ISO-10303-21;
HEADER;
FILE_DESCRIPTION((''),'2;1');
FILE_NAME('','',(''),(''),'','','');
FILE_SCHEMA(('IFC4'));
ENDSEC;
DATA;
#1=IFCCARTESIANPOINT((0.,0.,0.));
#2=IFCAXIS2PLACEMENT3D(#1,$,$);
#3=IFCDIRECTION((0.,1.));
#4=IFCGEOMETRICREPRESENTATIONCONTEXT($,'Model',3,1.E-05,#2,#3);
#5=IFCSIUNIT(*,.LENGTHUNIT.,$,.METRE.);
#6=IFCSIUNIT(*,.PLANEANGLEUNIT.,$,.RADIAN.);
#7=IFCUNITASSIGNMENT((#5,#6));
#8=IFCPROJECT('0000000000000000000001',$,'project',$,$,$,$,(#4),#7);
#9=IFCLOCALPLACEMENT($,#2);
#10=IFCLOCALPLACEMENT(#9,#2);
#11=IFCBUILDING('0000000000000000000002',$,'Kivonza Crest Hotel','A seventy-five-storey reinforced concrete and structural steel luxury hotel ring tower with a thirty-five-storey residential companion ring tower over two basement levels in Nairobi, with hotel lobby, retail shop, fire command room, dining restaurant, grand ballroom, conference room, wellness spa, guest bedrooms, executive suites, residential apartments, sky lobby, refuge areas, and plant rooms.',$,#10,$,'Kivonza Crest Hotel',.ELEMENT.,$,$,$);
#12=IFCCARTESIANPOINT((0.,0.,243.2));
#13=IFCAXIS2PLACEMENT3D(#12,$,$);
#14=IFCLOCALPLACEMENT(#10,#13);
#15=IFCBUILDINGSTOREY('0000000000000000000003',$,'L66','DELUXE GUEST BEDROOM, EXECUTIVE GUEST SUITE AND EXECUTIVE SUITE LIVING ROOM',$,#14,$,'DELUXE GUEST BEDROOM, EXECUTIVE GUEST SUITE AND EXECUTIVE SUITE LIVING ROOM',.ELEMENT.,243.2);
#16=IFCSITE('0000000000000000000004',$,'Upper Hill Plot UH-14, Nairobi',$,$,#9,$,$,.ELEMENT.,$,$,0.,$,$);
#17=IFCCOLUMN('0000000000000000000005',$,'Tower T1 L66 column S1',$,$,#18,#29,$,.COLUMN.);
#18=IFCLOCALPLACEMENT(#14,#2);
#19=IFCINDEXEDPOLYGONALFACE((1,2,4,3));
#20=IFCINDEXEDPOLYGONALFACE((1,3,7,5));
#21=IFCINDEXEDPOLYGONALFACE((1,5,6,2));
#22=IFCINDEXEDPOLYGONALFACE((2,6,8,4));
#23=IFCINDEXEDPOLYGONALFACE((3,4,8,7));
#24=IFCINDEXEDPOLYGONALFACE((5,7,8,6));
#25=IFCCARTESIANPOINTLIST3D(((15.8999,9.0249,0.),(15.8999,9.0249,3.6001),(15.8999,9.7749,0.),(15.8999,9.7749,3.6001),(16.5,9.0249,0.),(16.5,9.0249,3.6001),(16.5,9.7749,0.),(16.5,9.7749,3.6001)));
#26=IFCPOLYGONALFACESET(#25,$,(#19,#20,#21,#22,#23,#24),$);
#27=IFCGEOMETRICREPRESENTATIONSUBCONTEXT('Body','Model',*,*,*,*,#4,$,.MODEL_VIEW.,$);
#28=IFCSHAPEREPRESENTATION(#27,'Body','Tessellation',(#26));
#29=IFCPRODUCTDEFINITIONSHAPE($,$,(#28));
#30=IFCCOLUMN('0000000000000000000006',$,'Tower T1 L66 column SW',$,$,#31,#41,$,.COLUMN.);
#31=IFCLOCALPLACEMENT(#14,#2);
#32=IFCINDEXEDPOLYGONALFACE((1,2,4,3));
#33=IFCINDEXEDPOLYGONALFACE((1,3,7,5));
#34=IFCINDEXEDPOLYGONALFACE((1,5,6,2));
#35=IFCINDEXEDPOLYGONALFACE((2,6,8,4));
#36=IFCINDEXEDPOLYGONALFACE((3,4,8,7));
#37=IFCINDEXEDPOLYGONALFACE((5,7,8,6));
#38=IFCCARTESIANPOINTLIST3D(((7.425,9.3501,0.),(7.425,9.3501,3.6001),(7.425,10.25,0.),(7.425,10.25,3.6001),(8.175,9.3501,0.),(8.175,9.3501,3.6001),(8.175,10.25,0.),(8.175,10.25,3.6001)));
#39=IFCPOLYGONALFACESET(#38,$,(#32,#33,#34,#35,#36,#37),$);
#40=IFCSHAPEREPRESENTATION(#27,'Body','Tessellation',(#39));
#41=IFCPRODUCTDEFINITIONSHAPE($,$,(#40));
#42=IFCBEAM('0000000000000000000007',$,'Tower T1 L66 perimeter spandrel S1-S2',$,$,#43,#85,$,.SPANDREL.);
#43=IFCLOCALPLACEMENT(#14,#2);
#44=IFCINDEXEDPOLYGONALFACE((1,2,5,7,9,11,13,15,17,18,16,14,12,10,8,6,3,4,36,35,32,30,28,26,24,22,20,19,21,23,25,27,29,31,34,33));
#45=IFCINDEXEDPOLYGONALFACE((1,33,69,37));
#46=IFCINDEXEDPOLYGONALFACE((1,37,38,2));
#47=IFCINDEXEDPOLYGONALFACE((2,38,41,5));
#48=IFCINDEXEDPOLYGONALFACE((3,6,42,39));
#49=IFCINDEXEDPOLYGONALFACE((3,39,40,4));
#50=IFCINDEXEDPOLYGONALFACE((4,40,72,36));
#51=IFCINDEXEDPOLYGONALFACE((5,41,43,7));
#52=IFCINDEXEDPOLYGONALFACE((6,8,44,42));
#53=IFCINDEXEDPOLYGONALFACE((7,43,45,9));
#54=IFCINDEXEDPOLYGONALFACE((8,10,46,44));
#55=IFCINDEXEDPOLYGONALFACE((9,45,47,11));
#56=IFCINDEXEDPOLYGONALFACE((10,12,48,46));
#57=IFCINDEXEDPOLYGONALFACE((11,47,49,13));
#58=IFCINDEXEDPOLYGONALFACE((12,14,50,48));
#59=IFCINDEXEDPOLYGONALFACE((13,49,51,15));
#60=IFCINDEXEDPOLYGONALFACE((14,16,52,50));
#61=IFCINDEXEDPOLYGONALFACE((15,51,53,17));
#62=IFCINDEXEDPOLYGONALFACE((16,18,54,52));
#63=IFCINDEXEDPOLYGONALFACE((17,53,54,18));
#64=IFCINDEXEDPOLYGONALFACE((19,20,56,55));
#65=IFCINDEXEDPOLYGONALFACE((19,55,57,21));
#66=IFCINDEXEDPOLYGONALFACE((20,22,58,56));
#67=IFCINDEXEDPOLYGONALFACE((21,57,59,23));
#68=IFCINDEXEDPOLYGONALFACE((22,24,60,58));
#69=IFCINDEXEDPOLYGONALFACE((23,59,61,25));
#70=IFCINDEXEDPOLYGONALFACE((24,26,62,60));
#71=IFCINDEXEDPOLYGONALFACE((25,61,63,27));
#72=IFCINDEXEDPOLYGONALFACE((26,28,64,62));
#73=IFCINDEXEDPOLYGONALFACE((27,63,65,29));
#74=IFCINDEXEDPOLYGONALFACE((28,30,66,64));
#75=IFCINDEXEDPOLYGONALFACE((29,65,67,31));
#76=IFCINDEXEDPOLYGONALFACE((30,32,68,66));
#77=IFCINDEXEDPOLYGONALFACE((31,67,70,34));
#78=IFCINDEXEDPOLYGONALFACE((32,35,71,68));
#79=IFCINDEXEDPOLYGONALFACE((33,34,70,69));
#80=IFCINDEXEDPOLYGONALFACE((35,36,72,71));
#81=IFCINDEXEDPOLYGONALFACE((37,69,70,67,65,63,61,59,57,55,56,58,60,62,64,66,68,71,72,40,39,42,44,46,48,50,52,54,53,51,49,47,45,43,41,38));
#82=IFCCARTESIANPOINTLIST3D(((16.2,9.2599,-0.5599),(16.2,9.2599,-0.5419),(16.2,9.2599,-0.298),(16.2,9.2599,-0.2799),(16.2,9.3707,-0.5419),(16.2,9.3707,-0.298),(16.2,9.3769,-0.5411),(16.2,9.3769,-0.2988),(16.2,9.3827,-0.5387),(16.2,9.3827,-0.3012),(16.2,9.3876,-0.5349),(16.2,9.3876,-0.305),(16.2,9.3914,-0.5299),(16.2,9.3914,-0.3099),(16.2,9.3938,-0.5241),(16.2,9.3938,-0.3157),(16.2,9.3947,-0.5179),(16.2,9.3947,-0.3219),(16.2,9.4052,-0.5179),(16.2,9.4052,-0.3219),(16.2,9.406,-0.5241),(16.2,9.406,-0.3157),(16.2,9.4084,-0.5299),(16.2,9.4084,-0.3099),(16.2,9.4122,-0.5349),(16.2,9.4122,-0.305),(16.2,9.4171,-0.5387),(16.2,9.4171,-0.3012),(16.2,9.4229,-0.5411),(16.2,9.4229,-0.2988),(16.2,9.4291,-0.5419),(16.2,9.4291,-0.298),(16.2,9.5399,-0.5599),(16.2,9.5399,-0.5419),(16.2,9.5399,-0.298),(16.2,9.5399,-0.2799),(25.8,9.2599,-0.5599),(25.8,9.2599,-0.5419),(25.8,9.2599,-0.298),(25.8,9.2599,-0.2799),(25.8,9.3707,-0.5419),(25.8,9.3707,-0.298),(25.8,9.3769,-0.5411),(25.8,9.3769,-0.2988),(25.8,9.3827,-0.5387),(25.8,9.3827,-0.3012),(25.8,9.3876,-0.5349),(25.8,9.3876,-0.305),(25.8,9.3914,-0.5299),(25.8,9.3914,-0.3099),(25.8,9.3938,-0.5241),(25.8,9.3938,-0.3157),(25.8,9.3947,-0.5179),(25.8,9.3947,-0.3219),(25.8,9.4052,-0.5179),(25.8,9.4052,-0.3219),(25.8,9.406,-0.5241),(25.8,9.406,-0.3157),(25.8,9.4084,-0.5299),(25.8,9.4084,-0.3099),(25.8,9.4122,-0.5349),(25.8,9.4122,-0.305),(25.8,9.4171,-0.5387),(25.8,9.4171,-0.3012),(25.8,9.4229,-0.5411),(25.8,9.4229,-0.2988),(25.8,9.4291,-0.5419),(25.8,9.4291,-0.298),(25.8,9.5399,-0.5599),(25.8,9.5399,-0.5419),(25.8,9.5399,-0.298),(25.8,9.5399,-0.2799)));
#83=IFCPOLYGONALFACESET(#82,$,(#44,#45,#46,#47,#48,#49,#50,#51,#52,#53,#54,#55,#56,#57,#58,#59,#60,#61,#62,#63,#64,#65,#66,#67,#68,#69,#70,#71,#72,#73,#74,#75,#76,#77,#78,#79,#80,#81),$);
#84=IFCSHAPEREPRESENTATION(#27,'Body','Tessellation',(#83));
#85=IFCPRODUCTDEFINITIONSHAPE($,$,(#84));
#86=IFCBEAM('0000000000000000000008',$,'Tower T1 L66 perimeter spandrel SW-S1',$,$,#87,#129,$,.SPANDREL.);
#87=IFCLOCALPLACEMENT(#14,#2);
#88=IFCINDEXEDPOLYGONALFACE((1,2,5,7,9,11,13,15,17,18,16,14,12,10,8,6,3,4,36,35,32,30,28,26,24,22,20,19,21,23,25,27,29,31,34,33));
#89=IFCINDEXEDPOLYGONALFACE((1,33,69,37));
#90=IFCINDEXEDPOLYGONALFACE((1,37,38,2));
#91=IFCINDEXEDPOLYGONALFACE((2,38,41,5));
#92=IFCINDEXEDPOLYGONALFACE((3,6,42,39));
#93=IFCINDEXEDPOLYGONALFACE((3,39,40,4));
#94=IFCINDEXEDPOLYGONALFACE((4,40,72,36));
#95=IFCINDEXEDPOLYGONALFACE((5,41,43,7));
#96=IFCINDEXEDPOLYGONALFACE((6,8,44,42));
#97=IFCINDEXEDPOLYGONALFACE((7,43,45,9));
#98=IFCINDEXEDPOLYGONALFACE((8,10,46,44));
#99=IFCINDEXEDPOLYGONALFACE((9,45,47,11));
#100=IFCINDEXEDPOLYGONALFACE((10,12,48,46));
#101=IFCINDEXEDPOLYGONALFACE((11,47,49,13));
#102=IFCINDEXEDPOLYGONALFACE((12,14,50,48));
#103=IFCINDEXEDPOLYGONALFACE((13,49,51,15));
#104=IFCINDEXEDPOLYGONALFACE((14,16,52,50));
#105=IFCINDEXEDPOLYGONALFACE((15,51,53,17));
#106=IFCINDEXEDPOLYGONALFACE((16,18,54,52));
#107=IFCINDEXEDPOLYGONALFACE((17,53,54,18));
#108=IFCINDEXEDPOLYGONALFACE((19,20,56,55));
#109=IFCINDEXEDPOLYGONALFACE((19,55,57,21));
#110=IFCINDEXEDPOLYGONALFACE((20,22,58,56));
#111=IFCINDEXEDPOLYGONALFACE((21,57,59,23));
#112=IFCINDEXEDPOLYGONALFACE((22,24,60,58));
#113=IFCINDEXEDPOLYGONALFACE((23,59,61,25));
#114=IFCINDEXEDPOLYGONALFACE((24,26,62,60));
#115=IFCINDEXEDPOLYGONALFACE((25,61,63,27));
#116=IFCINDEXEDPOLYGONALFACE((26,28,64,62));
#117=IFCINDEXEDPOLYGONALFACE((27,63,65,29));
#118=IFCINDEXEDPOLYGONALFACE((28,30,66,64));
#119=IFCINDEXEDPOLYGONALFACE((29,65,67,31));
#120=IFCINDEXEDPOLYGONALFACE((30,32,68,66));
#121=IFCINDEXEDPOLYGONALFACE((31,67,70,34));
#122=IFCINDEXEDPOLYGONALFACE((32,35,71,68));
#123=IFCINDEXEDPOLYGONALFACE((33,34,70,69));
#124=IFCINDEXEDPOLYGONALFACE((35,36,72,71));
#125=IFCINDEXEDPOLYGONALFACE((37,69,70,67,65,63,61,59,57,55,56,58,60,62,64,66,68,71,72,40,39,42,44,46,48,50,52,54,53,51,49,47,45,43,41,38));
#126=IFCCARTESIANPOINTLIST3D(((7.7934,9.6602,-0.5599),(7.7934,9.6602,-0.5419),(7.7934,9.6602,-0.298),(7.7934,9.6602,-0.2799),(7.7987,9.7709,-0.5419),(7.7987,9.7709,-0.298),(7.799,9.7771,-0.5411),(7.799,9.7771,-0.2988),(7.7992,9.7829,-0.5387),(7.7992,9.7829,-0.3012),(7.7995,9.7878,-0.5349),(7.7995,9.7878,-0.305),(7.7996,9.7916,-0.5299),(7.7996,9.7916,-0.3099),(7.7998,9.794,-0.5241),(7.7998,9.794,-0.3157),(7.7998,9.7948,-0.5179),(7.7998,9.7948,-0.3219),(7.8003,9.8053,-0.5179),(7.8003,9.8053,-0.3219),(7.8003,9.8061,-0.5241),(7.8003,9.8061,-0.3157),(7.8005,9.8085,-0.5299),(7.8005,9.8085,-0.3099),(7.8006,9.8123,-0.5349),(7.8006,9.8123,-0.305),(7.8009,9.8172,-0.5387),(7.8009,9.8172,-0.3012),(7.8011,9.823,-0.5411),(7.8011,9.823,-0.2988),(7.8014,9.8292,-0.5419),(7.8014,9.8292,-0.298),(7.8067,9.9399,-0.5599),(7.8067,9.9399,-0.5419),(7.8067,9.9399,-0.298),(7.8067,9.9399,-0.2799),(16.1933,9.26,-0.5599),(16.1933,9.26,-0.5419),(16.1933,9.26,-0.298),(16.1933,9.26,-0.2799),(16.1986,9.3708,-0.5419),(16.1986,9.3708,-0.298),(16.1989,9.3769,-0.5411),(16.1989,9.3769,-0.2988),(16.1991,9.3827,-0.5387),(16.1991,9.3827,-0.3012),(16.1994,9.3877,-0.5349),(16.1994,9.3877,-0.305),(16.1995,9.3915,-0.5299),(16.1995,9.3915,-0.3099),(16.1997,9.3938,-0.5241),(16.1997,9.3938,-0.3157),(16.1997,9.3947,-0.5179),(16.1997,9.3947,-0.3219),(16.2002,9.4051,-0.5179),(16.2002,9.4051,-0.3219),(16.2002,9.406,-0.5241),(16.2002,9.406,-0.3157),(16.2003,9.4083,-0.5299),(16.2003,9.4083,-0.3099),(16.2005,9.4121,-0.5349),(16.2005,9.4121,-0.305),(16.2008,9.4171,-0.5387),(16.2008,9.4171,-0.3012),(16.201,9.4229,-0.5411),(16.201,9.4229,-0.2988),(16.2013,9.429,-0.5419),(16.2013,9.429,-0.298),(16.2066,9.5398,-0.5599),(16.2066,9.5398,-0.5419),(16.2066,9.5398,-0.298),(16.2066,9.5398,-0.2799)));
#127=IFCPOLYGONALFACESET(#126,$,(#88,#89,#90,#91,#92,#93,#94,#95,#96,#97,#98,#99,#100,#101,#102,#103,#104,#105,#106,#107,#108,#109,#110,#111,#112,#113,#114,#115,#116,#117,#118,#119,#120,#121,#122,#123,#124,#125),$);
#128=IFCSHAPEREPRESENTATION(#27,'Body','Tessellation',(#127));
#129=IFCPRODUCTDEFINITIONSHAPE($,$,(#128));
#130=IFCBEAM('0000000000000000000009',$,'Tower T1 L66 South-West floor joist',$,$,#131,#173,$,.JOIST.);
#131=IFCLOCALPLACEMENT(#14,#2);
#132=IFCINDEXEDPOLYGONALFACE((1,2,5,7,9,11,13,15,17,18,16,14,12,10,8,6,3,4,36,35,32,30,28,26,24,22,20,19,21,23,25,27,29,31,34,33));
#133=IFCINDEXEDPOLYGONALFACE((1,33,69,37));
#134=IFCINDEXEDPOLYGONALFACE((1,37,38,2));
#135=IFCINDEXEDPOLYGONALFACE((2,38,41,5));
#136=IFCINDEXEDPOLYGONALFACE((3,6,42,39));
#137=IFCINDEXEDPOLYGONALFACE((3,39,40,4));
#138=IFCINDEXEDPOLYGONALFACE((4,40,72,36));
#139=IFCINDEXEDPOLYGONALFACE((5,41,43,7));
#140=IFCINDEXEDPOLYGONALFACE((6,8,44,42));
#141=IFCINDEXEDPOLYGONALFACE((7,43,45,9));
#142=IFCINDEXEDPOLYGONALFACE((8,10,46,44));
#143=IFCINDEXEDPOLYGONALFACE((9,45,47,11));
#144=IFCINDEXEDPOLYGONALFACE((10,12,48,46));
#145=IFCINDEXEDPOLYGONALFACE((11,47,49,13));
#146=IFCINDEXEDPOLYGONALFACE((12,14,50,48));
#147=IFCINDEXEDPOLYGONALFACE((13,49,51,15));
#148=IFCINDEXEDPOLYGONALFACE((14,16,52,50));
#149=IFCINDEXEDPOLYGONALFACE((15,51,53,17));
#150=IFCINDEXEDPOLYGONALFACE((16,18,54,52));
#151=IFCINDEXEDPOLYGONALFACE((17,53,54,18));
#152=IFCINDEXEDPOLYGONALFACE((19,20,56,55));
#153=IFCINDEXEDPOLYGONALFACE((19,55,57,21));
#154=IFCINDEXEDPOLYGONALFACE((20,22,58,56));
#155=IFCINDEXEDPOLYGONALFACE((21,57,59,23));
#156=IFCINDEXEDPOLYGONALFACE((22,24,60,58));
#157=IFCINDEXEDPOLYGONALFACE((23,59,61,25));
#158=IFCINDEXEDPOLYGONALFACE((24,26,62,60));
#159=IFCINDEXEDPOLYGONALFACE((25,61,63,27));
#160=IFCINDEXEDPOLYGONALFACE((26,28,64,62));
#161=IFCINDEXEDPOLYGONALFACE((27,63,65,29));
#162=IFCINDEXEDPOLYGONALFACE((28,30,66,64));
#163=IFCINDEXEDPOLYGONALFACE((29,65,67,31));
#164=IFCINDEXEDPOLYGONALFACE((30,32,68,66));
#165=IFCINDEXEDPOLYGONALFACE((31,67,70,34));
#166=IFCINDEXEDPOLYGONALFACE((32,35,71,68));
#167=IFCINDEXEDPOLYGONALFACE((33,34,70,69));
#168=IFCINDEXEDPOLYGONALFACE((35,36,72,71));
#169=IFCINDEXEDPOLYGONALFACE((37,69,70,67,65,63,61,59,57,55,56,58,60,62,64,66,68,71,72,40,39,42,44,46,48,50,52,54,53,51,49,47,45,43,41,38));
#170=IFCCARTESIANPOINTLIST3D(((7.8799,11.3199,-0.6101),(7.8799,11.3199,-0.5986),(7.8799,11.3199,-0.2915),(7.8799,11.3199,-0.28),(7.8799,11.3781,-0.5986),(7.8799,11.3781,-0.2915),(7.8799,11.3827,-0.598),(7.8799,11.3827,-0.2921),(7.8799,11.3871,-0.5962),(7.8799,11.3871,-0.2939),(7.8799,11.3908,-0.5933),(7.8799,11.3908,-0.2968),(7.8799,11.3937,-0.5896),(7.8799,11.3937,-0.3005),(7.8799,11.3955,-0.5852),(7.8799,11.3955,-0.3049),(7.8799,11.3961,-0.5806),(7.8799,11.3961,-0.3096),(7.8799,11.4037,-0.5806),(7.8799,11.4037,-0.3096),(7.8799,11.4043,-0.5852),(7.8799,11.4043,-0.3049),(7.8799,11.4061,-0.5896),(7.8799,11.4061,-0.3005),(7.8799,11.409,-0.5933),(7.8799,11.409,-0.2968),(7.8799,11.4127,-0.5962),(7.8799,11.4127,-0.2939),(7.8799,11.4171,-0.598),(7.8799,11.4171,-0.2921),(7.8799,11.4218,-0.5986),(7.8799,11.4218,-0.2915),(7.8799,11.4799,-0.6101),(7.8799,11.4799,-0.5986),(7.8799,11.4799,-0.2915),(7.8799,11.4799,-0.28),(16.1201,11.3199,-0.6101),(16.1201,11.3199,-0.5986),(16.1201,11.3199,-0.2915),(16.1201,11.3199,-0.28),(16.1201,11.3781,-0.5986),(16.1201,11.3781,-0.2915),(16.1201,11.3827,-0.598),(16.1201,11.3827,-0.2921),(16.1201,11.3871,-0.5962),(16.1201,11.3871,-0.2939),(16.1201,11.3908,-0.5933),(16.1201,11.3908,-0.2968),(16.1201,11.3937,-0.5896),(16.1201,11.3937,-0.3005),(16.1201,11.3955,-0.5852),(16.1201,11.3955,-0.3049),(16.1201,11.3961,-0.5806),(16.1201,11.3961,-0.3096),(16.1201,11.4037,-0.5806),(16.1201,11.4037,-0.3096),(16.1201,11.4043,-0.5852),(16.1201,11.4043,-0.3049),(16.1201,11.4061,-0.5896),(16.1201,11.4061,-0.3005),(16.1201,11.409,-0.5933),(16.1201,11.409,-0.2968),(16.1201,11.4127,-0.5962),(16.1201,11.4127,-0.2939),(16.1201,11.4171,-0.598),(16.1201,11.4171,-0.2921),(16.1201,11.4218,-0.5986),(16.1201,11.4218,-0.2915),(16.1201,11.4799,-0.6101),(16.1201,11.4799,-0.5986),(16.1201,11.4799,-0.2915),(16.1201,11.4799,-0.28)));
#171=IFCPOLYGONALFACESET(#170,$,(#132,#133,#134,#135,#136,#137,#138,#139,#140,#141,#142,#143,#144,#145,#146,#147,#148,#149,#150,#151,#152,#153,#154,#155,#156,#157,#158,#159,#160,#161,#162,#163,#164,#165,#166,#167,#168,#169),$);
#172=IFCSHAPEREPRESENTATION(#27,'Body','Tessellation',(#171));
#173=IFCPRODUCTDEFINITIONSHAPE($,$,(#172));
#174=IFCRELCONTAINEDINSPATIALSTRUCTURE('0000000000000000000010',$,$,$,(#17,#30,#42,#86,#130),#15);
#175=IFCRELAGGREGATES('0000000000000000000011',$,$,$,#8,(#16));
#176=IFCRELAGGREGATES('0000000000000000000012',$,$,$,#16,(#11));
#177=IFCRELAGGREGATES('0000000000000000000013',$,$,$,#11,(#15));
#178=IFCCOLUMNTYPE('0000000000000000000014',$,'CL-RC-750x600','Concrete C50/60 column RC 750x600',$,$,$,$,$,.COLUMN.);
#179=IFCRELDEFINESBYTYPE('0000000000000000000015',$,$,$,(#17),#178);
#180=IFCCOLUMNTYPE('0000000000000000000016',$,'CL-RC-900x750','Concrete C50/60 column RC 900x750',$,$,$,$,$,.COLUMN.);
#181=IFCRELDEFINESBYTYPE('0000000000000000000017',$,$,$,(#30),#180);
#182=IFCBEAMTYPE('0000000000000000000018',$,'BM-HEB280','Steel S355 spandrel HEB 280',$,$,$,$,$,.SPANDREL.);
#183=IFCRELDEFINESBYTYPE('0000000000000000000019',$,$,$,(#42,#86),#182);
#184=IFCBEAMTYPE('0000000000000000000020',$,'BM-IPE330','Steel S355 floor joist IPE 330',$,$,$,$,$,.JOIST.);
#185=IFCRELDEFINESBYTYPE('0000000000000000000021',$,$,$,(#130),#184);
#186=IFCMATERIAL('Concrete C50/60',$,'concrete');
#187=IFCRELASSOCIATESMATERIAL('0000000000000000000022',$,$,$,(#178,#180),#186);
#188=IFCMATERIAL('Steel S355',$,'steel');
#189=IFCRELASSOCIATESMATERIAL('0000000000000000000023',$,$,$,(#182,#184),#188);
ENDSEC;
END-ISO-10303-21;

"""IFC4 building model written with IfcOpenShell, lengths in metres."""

from ifc_helpers import new_model, si_unit, direction, frame, origin, origin_2d, place, context, subcontext, project, spatial, rectangle, i_section, extrude, material, material_profile, profile_set, type_object, element, save


model = new_model("IFC4")

# Units and contexts
model_context = context("Model", 3, precision=1e-05, world=origin(), true_north=direction((0.0, 1.0)))
body_context = subcontext(model_context, "Body", "Model", "MODEL_VIEW")
ifc_project = project(units=[si_unit("LENGTHUNIT", "METRE"), si_unit("PLANEANGLEUNIT", "RADIAN")], contexts=[model_context])

# Site, building, storey
site_placement = place(None, origin())
site = spatial("IfcSite", under=ifc_project, at=site_placement, Name="Upper Hill Plot UH-14, Nairobi", CompositionType="ELEMENT", RefElevation=0.0)
building_placement = place(site_placement, origin())
building = spatial("IfcBuilding", under=site, at=building_placement, Name="Kivonza Crest Hotel", Description="A seventy-five-storey reinforced concrete and structural steel luxury hotel ring tower with a thirty-five-storey residential companion ring tower over two basement levels in Nairobi, with hotel lobby, retail shop, fire command room, dining restaurant, grand ballroom, conference room, wellness spa, guest bedrooms, executive suites, residential apartments, sky lobby, refuge areas, and plant rooms.", LongName="Kivonza Crest Hotel", CompositionType="ELEMENT")
storey_placement = place(building_placement, frame((0.0, 0.0, 243.2)))
storey = spatial("IfcBuildingStorey", under=building, at=storey_placement, Name="L66", Description="DELUXE GUEST BEDROOM, EXECUTIVE GUEST SUITE AND EXECUTIVE SUITE LIVING ROOM", LongName="DELUXE GUEST BEDROOM, EXECUTIVE GUEST SUITE AND EXECUTIVE SUITE LIVING ROOM", CompositionType="ELEMENT", Elevation=243.2)

# Columns
ifc_material_1 = material(Name="Concrete C50/60", Category="concrete")
ifc_material_profile_1 = material_profile(ifc_material_1, rectangle(XDim=0.6001, YDim=0.75, at=origin_2d()), Name="RC 750x600")
ifc_profile_set_1 = profile_set([ifc_material_profile_1], Name="Concrete C50/60")
column_type_1 = type_object("IfcColumnType", Name="CL-RC-750x600", Description="Concrete C50/60 column RC 750x600", PredefinedType="COLUMN", material=ifc_profile_set_1)
column_1_placement = place(storey_placement, frame((16.2, 9.3999, 0.0), z_axis=(0.0, 0.0, 1.0), x_axis=(1.0, 0.0, 0.0)))
element("IfcColumn", 1, at=column_1_placement, inside=storey, type_object=column_type_1, Name="Tower T1 L66 column S1", PredefinedType="COLUMN", context=body_context, shape_type="SweptSolid", body=[
    extrude(rectangle(XDim=0.6001, YDim=0.75, at=origin_2d()), origin(), (0.0, 0.0, 1.0), 3.6001),
])
ifc_material_profile_2 = material_profile(ifc_material_1, rectangle(XDim=0.75, YDim=0.8999, at=origin_2d()), Name="RC 900x750")
ifc_profile_set_2 = profile_set([ifc_material_profile_2], Name="Concrete C50/60")
column_type_2 = type_object("IfcColumnType", Name="CL-RC-900x750", Description="Concrete C50/60 column RC 900x750", PredefinedType="COLUMN", material=ifc_profile_set_2)
column_2_placement = place(storey_placement, frame((7.8, 9.8, 0.0), z_axis=(0.0, 0.0, 1.0), x_axis=(1.0, 0.0, 0.0)))
element("IfcColumn", 2, at=column_2_placement, inside=storey, type_object=column_type_2, Name="Tower T1 L66 column SW", PredefinedType="COLUMN", context=body_context, shape_type="SweptSolid", body=[
    extrude(rectangle(XDim=0.75, YDim=0.8999, at=origin_2d()), origin(), (0.0, 0.0, 1.0), 3.6001),
])

# Beams
ifc_material_2 = material(Name="Steel S355", Category="steel")
ifc_material_profile_3 = material_profile(ifc_material_2, i_section(OverallWidth=0.28, OverallDepth=0.28, WebThickness=0.0105, FlangeThickness=0.0181, FilletRadius=0.0239, at=origin_2d()), Name="HEB 280")
ifc_profile_set_3 = profile_set([ifc_material_profile_3], Name="Steel S355")
beam_type_1 = type_object("IfcBeamType", Name="BM-HEB280", Description="Steel S355 spandrel HEB 280", PredefinedType="SPANDREL", material=ifc_profile_set_3)
beam_1_placement = place(storey_placement, frame((16.2, 9.3999, -0.4199), z_axis=(1.0, 0.0, 0.0), x_axis=(0.0, 1.0, 0.0)))
element("IfcBeam", 3, at=beam_1_placement, inside=storey, type_object=beam_type_1, Name="Tower T1 L66 perimeter spandrel S1-S2", PredefinedType="SPANDREL", context=body_context, shape_type="SweptSolid", body=[
    extrude(i_section(OverallWidth=0.28, OverallDepth=0.28, WebThickness=0.0105, FlangeThickness=0.0181, FilletRadius=0.0239, at=origin_2d()), origin(), (0.0, 0.0, 1.0), 9.6001),
])
beam_2_placement = place(storey_placement, frame((7.8, 9.8, -0.4199), z_axis=(0.998867, -0.047583, 0.0), x_axis=(0.047583, 0.998867, 0.0)))
element("IfcBeam", 4, at=beam_2_placement, inside=storey, type_object=beam_type_1, Name="Tower T1 L66 perimeter spandrel SW-S1", PredefinedType="SPANDREL", context=body_context, shape_type="SweptSolid", body=[
    extrude(i_section(OverallWidth=0.28, OverallDepth=0.28, WebThickness=0.0105, FlangeThickness=0.0181, FilletRadius=0.0239, at=origin_2d()), origin(), (0.0, 0.0, 1.0), 8.4094),
])
ifc_material_profile_4 = material_profile(ifc_material_2, i_section(OverallWidth=0.1599, OverallDepth=0.3301, WebThickness=0.0076, FlangeThickness=0.0115, FilletRadius=0.0181, at=origin_2d()), Name="IPE 330")
ifc_profile_set_4 = profile_set([ifc_material_profile_4], Name="Steel S355")
beam_type_2 = type_object("IfcBeamType", Name="BM-IPE330", Description="Steel S355 floor joist IPE 330", PredefinedType="JOIST", material=ifc_profile_set_4)
beam_3_placement = place(storey_placement, frame((7.8799, 11.3999, -0.4451), z_axis=(1.0, 0.0, 0.0), x_axis=(0.0, 1.0, 0.0)))
element("IfcBeam", 5, at=beam_3_placement, inside=storey, type_object=beam_type_2, Name="Tower T1 L66 South-West floor joist", PredefinedType="JOIST", context=body_context, shape_type="SweptSolid", body=[
    extrude(i_section(OverallWidth=0.1599, OverallDepth=0.3301, WebThickness=0.0076, FlangeThickness=0.0115, FilletRadius=0.0181, at=origin_2d()), origin(), (0.0, 0.0, 1.0), 8.2402),
])

save(model, "model.ifc")
